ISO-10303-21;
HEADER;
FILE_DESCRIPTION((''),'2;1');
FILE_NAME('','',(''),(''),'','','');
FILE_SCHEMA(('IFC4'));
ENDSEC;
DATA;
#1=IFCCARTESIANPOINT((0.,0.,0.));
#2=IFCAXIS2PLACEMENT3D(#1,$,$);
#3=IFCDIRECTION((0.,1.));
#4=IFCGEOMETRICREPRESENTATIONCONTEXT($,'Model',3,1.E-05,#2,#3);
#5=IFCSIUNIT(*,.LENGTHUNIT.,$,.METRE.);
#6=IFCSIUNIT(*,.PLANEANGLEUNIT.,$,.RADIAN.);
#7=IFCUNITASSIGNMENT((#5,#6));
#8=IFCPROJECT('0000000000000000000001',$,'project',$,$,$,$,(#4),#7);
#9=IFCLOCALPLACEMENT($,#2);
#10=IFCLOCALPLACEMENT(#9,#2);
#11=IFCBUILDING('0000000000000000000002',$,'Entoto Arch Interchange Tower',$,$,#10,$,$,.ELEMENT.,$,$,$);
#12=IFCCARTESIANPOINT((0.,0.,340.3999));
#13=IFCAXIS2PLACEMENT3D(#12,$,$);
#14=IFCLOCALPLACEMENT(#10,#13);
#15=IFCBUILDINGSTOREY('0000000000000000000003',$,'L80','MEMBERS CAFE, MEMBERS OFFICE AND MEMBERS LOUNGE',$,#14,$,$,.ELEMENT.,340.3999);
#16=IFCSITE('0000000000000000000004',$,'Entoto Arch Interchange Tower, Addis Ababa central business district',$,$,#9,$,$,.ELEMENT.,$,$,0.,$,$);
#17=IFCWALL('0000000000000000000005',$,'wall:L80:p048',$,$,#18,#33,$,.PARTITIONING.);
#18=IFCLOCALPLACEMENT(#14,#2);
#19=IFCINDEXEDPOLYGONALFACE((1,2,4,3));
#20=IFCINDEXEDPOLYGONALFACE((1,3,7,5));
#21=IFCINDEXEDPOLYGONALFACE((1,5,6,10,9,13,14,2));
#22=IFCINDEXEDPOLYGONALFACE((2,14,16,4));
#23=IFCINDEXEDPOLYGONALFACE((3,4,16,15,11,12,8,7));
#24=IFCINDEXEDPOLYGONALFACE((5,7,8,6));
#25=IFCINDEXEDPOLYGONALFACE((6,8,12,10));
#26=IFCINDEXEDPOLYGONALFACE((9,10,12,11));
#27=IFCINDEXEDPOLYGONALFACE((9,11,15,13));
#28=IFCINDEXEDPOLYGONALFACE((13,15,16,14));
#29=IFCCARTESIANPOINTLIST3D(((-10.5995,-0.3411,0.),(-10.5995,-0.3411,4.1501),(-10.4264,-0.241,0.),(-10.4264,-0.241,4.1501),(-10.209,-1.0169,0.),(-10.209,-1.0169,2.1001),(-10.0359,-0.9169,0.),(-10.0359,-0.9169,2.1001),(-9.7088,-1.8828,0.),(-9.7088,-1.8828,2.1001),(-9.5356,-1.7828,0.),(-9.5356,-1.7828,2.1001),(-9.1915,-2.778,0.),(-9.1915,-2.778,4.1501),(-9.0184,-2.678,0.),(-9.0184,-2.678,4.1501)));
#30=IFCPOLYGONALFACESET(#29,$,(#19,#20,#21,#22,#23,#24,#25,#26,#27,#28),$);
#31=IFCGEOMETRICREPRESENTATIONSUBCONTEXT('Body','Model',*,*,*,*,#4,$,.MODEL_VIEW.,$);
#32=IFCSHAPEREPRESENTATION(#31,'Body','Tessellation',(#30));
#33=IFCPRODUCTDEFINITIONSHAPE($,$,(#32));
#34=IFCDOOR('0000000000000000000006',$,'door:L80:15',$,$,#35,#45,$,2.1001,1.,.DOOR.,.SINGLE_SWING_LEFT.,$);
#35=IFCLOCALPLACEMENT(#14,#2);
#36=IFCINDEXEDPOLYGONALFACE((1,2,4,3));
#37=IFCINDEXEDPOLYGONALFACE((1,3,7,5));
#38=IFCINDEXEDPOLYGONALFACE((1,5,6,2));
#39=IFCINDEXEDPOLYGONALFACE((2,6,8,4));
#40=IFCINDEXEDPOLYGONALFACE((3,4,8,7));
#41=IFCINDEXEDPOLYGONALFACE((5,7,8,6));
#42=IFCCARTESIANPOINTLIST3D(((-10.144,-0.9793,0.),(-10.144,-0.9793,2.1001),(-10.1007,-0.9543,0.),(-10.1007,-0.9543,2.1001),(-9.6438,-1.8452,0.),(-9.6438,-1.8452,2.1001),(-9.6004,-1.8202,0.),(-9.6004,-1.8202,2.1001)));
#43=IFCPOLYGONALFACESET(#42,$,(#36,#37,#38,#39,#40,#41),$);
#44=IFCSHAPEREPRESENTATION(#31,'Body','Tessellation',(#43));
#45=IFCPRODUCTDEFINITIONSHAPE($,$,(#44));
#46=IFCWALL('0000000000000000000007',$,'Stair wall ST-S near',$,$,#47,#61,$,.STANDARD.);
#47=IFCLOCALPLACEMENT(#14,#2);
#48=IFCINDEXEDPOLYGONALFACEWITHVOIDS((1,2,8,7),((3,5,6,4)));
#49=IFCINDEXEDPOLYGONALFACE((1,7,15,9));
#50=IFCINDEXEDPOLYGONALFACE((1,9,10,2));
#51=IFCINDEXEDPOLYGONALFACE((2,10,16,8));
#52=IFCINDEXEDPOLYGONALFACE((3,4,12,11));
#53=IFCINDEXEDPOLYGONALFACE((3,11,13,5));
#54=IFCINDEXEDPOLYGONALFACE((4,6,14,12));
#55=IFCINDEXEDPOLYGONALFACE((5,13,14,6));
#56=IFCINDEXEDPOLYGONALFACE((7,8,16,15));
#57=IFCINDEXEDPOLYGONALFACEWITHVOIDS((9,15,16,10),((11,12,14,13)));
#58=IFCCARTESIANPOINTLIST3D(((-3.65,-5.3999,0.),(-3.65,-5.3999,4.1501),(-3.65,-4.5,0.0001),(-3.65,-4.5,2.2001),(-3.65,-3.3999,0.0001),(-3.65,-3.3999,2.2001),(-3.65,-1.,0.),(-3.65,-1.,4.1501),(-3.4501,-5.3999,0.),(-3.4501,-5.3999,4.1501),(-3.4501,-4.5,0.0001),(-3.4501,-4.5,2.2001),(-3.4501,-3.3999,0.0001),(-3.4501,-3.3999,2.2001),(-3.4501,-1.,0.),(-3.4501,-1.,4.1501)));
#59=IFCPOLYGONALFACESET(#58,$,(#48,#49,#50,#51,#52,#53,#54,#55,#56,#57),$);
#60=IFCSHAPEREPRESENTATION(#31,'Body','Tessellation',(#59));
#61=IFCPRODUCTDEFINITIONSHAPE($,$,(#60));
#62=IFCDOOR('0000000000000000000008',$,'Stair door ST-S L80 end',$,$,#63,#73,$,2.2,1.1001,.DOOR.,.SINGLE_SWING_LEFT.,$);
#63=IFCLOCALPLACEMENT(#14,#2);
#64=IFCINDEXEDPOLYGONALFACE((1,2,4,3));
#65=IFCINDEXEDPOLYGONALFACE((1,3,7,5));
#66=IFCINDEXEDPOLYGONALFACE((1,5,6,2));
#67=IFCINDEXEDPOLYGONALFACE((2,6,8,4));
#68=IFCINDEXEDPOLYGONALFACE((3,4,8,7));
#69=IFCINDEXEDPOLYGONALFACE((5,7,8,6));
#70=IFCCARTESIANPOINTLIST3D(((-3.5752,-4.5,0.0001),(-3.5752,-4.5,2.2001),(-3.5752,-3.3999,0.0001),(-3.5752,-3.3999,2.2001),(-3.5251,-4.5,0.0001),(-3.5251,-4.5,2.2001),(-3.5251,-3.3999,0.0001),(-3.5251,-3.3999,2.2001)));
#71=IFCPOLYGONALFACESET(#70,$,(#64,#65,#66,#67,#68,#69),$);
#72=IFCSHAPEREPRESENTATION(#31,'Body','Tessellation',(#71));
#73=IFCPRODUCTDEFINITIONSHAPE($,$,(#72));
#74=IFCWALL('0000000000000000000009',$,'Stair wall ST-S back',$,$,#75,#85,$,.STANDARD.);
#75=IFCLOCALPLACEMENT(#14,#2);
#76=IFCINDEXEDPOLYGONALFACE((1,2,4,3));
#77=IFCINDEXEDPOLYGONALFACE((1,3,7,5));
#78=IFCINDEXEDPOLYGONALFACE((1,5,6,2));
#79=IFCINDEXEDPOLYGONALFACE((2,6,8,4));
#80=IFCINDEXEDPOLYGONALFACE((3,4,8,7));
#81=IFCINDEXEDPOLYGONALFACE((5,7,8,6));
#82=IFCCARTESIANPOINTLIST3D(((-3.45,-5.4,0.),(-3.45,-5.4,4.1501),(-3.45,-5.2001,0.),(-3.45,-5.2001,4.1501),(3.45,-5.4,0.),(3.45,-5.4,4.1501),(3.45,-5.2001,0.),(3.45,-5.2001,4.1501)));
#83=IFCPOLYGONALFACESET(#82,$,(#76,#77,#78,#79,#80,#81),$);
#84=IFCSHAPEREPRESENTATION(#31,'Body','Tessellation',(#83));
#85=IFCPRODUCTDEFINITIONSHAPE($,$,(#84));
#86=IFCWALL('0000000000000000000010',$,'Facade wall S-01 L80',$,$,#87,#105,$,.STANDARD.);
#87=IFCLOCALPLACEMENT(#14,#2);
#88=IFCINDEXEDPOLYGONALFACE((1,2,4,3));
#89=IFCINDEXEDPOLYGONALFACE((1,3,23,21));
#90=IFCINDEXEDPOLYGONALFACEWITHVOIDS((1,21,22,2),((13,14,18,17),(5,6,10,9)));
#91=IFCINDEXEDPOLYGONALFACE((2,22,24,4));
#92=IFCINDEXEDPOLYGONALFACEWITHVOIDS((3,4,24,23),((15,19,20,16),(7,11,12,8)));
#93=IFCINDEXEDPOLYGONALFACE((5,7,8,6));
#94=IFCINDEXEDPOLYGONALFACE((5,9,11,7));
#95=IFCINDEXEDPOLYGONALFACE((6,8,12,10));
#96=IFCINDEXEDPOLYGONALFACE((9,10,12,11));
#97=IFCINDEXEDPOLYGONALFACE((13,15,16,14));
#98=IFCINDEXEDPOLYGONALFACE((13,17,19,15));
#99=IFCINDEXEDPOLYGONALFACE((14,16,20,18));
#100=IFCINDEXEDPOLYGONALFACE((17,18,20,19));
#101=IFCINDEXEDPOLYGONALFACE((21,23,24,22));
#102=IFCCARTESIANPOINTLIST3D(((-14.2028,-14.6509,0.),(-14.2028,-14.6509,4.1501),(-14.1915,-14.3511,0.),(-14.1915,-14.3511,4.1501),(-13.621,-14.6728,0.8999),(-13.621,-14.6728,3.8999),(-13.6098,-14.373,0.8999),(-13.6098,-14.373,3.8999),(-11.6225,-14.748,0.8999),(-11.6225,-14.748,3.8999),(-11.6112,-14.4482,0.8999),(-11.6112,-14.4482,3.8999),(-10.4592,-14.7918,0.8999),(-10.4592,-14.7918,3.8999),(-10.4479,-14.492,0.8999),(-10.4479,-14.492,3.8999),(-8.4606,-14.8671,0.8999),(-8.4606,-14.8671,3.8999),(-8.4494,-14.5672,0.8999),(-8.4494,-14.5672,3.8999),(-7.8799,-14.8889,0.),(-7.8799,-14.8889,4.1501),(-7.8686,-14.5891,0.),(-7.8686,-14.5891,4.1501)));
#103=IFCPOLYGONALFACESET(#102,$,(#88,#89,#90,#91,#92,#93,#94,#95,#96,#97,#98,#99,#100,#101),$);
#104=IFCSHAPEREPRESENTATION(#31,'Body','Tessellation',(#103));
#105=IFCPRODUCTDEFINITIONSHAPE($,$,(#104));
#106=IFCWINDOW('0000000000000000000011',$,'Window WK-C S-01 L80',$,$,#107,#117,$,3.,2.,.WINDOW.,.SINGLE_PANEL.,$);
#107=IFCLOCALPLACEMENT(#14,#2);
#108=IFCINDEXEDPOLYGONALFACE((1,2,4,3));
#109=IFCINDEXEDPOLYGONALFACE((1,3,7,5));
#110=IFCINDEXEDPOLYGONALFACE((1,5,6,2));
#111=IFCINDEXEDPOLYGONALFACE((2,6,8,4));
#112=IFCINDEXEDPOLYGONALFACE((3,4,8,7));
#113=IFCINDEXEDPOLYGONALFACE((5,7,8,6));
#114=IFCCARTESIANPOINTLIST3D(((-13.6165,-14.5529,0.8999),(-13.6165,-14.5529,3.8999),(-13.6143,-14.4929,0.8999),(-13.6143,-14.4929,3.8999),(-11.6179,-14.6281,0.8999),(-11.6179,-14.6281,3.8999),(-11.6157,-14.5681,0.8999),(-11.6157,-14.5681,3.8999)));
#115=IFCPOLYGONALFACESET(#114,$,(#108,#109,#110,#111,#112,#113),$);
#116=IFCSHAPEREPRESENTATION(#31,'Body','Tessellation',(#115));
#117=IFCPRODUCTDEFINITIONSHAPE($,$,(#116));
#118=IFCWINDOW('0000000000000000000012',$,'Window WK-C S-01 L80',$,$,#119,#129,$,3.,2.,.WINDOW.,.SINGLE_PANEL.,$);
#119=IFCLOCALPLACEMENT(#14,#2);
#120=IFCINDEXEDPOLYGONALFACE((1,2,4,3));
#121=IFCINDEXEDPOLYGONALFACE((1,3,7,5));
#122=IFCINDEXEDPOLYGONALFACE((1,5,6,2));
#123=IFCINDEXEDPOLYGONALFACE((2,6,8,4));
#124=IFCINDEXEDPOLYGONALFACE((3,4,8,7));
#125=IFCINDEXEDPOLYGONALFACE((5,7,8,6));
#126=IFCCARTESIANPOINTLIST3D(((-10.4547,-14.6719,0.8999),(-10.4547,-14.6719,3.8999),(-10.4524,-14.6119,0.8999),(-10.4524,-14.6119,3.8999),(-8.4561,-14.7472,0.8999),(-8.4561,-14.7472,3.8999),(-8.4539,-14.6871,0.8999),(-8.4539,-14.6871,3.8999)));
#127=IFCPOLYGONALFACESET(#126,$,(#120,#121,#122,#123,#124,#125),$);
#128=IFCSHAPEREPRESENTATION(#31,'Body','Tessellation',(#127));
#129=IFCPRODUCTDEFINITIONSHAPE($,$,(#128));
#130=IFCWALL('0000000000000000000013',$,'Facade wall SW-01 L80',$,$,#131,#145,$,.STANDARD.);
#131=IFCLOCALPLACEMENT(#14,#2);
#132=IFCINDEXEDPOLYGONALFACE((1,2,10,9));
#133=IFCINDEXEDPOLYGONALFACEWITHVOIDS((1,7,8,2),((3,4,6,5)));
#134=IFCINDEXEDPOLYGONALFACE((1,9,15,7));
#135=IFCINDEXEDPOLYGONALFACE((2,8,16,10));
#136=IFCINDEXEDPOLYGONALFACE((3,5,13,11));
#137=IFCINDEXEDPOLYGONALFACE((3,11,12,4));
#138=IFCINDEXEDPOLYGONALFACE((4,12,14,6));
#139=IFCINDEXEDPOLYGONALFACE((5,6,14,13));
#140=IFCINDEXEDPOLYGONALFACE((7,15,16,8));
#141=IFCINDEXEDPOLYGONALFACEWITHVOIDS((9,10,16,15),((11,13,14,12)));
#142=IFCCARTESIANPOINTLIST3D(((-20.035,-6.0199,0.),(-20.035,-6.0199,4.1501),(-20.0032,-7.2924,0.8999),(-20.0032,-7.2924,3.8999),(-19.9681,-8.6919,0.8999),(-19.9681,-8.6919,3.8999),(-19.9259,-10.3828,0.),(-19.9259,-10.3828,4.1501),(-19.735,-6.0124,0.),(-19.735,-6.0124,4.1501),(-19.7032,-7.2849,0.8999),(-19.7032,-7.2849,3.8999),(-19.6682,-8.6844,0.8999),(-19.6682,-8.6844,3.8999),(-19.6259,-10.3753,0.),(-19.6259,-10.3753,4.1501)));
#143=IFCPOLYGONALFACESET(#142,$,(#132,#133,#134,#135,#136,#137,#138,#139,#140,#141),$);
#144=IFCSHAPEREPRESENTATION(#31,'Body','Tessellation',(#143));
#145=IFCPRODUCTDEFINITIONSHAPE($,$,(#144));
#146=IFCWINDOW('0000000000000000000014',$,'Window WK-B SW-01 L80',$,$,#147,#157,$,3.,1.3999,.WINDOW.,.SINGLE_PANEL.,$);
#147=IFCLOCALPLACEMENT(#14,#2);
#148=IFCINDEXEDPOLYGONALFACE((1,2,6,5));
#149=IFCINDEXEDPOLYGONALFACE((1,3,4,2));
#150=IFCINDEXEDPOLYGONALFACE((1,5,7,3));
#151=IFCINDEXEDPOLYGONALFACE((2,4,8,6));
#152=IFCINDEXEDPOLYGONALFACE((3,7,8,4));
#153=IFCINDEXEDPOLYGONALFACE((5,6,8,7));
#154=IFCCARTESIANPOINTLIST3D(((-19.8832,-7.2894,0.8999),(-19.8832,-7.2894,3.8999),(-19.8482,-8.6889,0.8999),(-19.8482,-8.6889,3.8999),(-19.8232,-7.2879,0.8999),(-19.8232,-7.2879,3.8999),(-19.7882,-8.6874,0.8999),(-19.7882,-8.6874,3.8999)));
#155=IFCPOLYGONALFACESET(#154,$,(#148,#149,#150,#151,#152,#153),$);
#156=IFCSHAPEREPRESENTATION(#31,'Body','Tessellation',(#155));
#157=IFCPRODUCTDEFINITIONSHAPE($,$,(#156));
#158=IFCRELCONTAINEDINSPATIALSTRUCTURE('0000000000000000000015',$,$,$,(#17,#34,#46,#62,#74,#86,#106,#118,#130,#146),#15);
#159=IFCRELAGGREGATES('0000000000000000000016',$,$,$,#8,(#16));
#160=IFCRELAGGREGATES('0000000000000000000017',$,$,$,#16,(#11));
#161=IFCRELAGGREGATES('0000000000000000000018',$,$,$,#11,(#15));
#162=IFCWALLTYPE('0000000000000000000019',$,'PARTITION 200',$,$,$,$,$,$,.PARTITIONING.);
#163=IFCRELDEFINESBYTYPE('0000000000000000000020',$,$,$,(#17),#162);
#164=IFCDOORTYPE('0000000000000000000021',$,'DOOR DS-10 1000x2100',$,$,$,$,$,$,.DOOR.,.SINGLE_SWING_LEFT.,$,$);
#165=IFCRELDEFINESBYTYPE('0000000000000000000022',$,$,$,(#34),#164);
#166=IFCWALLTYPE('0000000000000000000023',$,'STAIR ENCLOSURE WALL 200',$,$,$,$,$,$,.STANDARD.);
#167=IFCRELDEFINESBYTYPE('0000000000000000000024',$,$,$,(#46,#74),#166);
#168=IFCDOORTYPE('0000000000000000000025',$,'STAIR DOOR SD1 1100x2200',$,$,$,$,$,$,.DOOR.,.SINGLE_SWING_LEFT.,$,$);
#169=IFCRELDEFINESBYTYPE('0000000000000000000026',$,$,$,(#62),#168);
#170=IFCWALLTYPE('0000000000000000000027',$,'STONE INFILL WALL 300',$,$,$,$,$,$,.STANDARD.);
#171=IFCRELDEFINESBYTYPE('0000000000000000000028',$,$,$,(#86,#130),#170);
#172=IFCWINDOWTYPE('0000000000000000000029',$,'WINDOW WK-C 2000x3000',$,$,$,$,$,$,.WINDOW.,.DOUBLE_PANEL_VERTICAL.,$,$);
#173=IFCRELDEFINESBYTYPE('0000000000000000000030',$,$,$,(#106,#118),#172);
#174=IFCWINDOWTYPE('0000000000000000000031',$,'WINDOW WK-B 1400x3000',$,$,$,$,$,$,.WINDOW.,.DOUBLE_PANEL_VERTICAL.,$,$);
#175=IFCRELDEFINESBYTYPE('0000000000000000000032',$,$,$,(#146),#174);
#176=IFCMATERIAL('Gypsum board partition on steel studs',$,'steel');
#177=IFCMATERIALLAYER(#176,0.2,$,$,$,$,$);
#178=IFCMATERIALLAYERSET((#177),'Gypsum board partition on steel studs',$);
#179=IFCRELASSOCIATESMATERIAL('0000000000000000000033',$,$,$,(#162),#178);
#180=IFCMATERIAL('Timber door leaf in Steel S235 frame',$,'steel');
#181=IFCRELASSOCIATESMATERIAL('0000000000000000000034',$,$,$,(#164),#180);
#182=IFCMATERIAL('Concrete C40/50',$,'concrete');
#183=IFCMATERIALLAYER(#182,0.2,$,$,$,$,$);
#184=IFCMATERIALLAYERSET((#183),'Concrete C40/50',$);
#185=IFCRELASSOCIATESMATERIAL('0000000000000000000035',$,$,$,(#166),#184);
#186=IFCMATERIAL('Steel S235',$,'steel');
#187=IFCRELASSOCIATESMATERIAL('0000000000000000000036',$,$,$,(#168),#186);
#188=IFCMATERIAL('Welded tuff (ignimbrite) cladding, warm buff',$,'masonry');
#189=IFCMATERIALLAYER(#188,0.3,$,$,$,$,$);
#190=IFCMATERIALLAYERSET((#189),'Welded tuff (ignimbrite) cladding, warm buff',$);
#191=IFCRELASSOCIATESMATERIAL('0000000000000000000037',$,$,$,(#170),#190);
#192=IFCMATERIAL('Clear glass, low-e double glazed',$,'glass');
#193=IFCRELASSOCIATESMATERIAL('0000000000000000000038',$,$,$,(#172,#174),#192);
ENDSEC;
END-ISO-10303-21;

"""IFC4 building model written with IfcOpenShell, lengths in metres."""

from ifc_helpers import new_model, si_unit, direction, frame, frame_2d, origin, place, context, subcontext, project, spatial, rectangle, extrude, material, layer, layer_set, type_object, element, fill, save


model = new_model("IFC4")

# Units and contexts
model_context = context("Model", 3, precision=1e-05, world=origin(), true_north=direction((0.0, 1.0)))
body_context = subcontext(model_context, "Body", "Model", "MODEL_VIEW")
ifc_project = project(units=[si_unit("LENGTHUNIT", "METRE"), si_unit("PLANEANGLEUNIT", "RADIAN")], contexts=[model_context])

# Site, building, storey
site_placement = place(None, origin())
site = spatial("IfcSite", under=ifc_project, at=site_placement, Name="Entoto Arch Interchange Tower, Addis Ababa central business district", CompositionType="ELEMENT", RefElevation=0.0)
building_placement = place(site_placement, origin())
building = spatial("IfcBuilding", under=site, at=building_placement, Name="Entoto Arch Interchange Tower", CompositionType="ELEMENT")
storey_placement = place(building_placement, frame((0.0, 0.0, 340.3999)))
storey = spatial("IfcBuildingStorey", under=building, at=storey_placement, Name="L80", Description="MEMBERS CAFE, MEMBERS OFFICE AND MEMBERS LOUNGE", CompositionType="ELEMENT", Elevation=340.3999)

# Shared definitions
ifc_material_1 = material(Name="Concrete C40/50", Category="concrete")

# Shared definitions
ifc_material_2 = material(Name="Gypsum board partition on steel studs", Category="steel")
ifc_layer_1 = layer(ifc_material_2, 0.2)
ifc_layer_set_1 = layer_set([ifc_layer_1], Name="Gypsum board partition on steel studs")
wall_type_1 = type_object("IfcWallType", Name="PARTITION 200", PredefinedType="PARTITIONING", material=ifc_layer_set_1)

# Walls, openings, doors
wall_1_placement = place(storey_placement, frame((-9.105, -2.728, 0.0), z_axis=(0.0, 0.0, 1.0), x_axis=(-0.500253, 0.865879, 0.0)))
wall_1 = element("IfcWall", 1, at=wall_1_placement, inside=storey, type_object=wall_type_1, Name="wall:L80:p048", PredefinedType="PARTITIONING", context=body_context, shape_type="SweptSolid", body=[
    extrude(rectangle(XDim=2.8145, YDim=0.2, at=frame_2d((1.4072, 0.0))), origin(), (0.0, 0.0, 1.0), 4.1501),
])
opening_1_placement = place(wall_1_placement, frame((1.0339, 0.0, 0.0)))
opening_1 = element("IfcOpeningElement", 2, at=opening_1_placement, cuts=wall_1, PredefinedType="OPENING", context=body_context, shape_type="SweptSolid", body=[
    extrude(rectangle(XDim=1.0, YDim=2.1001, at=frame_2d((0.5, 1.05))), frame((0.0, 0.1099, 0.0), z_axis=(0.0, -1.0, 0.0), x_axis=(1.0, 0.0, 0.0)), (0.0, 0.0, 1.0), 0.22),
])
ifc_material_3 = material(Name="Timber door leaf in Steel S235 frame", Category="steel")
door_type_1 = type_object("IfcDoorType", Name="DOOR DS-10 1000x2100", OperationType="SINGLE_SWING_LEFT", PredefinedType="DOOR", material=ifc_material_3)
door_1_placement = place(opening_1_placement, origin())
door_1 = element("IfcDoor", 3, at=door_1_placement, inside=storey, type_object=door_type_1, Name="door:L80:15", OperationType="SINGLE_SWING_LEFT", OverallHeight=2.1001, OverallWidth=1.0, PredefinedType="DOOR", context=body_context, shape_type="SweptSolid", body=[
    extrude(rectangle(XDim=1.0, YDim=2.1001, at=frame_2d((0.5, 1.05))), frame((0.0, 0.0249, 0.0), z_axis=(0.0, -1.0, 0.0), x_axis=(1.0, 0.0, 0.0)), (0.0, 0.0, 1.0), 0.05),
])
fill(opening_1, door_1)
ifc_layer_2 = layer(ifc_material_1, 0.2)
ifc_layer_set_2 = layer_set([ifc_layer_2], Name="Concrete C40/50")
wall_type_2 = type_object("IfcWallType", Name="STAIR ENCLOSURE WALL 200", PredefinedType="STANDARD", material=ifc_layer_set_2)
wall_2_placement = place(storey_placement, frame((-3.55, -1.0, 0.0), z_axis=(0.0, 0.0, 1.0), x_axis=(0.0, -1.0, 0.0)))
wall_2 = element("IfcWall", 4, at=wall_2_placement, inside=storey, type_object=wall_type_2, Name="Stair wall ST-S near", PredefinedType="STANDARD", context=body_context, shape_type="SweptSolid", body=[
    extrude(rectangle(XDim=4.3999, YDim=0.2, at=frame_2d((2.2, 0.0))), origin(), (0.0, 0.0, 1.0), 4.1501),
])
opening_2_placement = place(wall_2_placement, frame((2.3999, 0.0, 0.0)))
opening_2 = element("IfcOpeningElement", 5, at=opening_2_placement, cuts=wall_2, PredefinedType="OPENING", context=body_context, shape_type="SweptSolid", body=[
    extrude(rectangle(XDim=1.1001, YDim=2.2, at=frame_2d((0.55, 1.1001))), frame((0.0, 0.1099, 0.0), z_axis=(0.0, -1.0, 0.0), x_axis=(1.0, 0.0, 0.0)), (0.0, 0.0, 1.0), 0.22),
])
ifc_material_4 = material(Name="Steel S235", Category="steel")
door_type_2 = type_object("IfcDoorType", Name="STAIR DOOR SD1 1100x2200", OperationType="SINGLE_SWING_LEFT", PredefinedType="DOOR", material=ifc_material_4)
door_2_placement = place(opening_2_placement, origin())
door_2 = element("IfcDoor", 6, at=door_2_placement, inside=storey, type_object=door_type_2, Name="Stair door ST-S L80 end", OperationType="SINGLE_SWING_LEFT", OverallHeight=2.2, OverallWidth=1.1001, PredefinedType="DOOR", context=body_context, shape_type="SweptSolid", body=[
    extrude(rectangle(XDim=1.1001, YDim=2.2, at=frame_2d((0.55, 1.1001))), frame((0.0, 0.0249, 0.0), z_axis=(0.0, -1.0, 0.0), x_axis=(1.0, 0.0, 0.0)), (0.0, 0.0, 1.0), 0.05),
])
fill(opening_2, door_2)

# Wall
wall_3_placement = place(storey_placement, frame((-3.45, -5.3, 0.0), z_axis=(0.0, 0.0, 1.0), x_axis=(1.0, 0.0, 0.0)))
element("IfcWall", 7, at=wall_3_placement, inside=storey, type_object=wall_type_2, Name="Stair wall ST-S back", PredefinedType="STANDARD", context=body_context, shape_type="SweptSolid", body=[
    extrude(rectangle(XDim=6.8999, YDim=0.2, at=frame_2d((3.45, 0.0))), origin(), (0.0, 0.0, 1.0), 4.1501),
])

# Wall, openings, windows
ifc_material_5 = material(Name="Welded tuff (ignimbrite) cladding, warm buff", Category="masonry")
ifc_layer_3 = layer(ifc_material_5, 0.3)
ifc_layer_set_3 = layer_set([ifc_layer_3], Name="Welded tuff (ignimbrite) cladding, warm buff")
wall_type_3 = type_object("IfcWallType", Name="STONE INFILL WALL 300", PredefinedType="STANDARD", material=ifc_layer_set_3)
wall_4_placement = place(storey_placement, frame((-14.197, -14.501, 0.0), z_axis=(0.0, 0.0, 1.0), x_axis=(0.999292, -0.03762, 0.0)))
wall_4 = element("IfcWall", 8, at=wall_4_placement, inside=storey, type_object=wall_type_3, Name="Facade wall S-01 L80", PredefinedType="STANDARD", context=body_context, shape_type="SweptSolid", body=[
    extrude(rectangle(XDim=6.3274, YDim=0.3, at=frame_2d((3.1636, 0.0))), origin(), (0.0, 0.0, 1.0), 4.1501),
])
opening_3_placement = place(wall_4_placement, frame((0.582, 0.0, 0.8999)))
opening_3 = element("IfcOpeningElement", 9, at=opening_3_placement, cuts=wall_4, PredefinedType="OPENING", context=body_context, shape_type="SweptSolid", body=[
    extrude(rectangle(XDim=2.0, YDim=3.0, at=frame_2d((1.0, 1.5))), frame((0.0, 0.1602, 0.0), z_axis=(0.0, -1.0, 0.0), x_axis=(1.0, 0.0, 0.0)), (0.0, 0.0, 1.0), 0.3201),
])
opening_4_placement = place(wall_4_placement, frame((3.7461, 0.0, 0.8999)))
opening_4 = element("IfcOpeningElement", 10, at=opening_4_placement, cuts=wall_4, PredefinedType="OPENING", context=body_context, shape_type="SweptSolid", body=[
    extrude(rectangle(XDim=2.0, YDim=3.0, at=frame_2d((1.0, 1.5))), frame((0.0, 0.1602, 0.0), z_axis=(0.0, -1.0, 0.0), x_axis=(1.0, 0.0, 0.0)), (0.0, 0.0, 1.0), 0.3201),
])
ifc_material_6 = material(Name="Clear glass, low-e double glazed", Category="glass")
window_type_1 = type_object("IfcWindowType", Name="WINDOW WK-C 2000x3000", PartitioningType="DOUBLE_PANEL_VERTICAL", PredefinedType="WINDOW", material=ifc_material_6)
window_1_placement = place(opening_3_placement, origin())
window_1 = element("IfcWindow", 11, at=window_1_placement, inside=storey, type_object=window_type_1, Name="Window WK-C S-01 L80", OverallHeight=3.0, OverallWidth=2.0, PartitioningType="SINGLE_PANEL", PredefinedType="WINDOW", context=body_context, shape_type="SweptSolid", body=[
    extrude(rectangle(XDim=2.0, YDim=3.0, at=frame_2d((1.0, 1.5))), frame((0.0, 0.03, 0.0), z_axis=(0.0, -1.0, 0.0), x_axis=(1.0, 0.0, 0.0)), (0.0, 0.0, 1.0), 0.0601),
])
fill(opening_3, window_1)
window_2_placement = place(opening_4_placement, origin())
window_2 = element("IfcWindow", 12, at=window_2_placement, inside=storey, type_object=window_type_1, Name="Window WK-C S-01 L80", OverallHeight=3.0, OverallWidth=2.0, PartitioningType="SINGLE_PANEL", PredefinedType="WINDOW", context=body_context, shape_type="SweptSolid", body=[
    extrude(rectangle(XDim=2.0, YDim=3.0, at=frame_2d((1.0, 1.5))), frame((0.0, 0.03, 0.0), z_axis=(0.0, -1.0, 0.0), x_axis=(1.0, 0.0, 0.0)), (0.0, 0.0, 1.0), 0.0601),
])
fill(opening_4, window_2)

# Wall, opening, window
wall_5_placement = place(storey_placement, frame((-19.885, -6.0161, 0.0), z_axis=(0.0, 0.0, 1.0), x_axis=(0.025006, -0.999687, 0.0)))
wall_5 = element("IfcWall", 13, at=wall_5_placement, inside=storey, type_object=wall_type_3, Name="Facade wall SW-01 L80", PredefinedType="STANDARD", context=body_context, shape_type="SweptSolid", body=[
    extrude(rectangle(XDim=4.3643, YDim=0.3, at=frame_2d((2.1821, 0.0))), origin(), (0.0, 0.0, 1.0), 4.1501),
])
opening_5_placement = place(wall_5_placement, frame((1.2729, 0.0, 0.8999)))
opening_5 = element("IfcOpeningElement", 14, at=opening_5_placement, cuts=wall_5, PredefinedType="OPENING", context=body_context, shape_type="SweptSolid", body=[
    extrude(rectangle(XDim=1.3999, YDim=3.0, at=frame_2d((0.7, 1.5))), frame((0.0, 0.1602, 0.0), z_axis=(0.0, -1.0, 0.0), x_axis=(1.0, 0.0, 0.0)), (0.0, 0.0, 1.0), 0.3201),
])
window_type_2 = type_object("IfcWindowType", Name="WINDOW WK-B 1400x3000", PartitioningType="DOUBLE_PANEL_VERTICAL", PredefinedType="WINDOW", material=ifc_material_6)
window_3_placement = place(opening_5_placement, origin())
window_3 = element("IfcWindow", 15, at=window_3_placement, inside=storey, type_object=window_type_2, Name="Window WK-B SW-01 L80", OverallHeight=3.0, OverallWidth=1.3999, PartitioningType="SINGLE_PANEL", PredefinedType="WINDOW", context=body_context, shape_type="SweptSolid", body=[
    extrude(rectangle(XDim=1.3999, YDim=3.0, at=frame_2d((0.7, 1.5))), frame((0.0, 0.03, 0.0), z_axis=(0.0, -1.0, 0.0), x_axis=(1.0, 0.0, 0.0)), (0.0, 0.0, 1.0), 0.0601),
])
fill(opening_5, window_3)

save(model, "model.ifc")
